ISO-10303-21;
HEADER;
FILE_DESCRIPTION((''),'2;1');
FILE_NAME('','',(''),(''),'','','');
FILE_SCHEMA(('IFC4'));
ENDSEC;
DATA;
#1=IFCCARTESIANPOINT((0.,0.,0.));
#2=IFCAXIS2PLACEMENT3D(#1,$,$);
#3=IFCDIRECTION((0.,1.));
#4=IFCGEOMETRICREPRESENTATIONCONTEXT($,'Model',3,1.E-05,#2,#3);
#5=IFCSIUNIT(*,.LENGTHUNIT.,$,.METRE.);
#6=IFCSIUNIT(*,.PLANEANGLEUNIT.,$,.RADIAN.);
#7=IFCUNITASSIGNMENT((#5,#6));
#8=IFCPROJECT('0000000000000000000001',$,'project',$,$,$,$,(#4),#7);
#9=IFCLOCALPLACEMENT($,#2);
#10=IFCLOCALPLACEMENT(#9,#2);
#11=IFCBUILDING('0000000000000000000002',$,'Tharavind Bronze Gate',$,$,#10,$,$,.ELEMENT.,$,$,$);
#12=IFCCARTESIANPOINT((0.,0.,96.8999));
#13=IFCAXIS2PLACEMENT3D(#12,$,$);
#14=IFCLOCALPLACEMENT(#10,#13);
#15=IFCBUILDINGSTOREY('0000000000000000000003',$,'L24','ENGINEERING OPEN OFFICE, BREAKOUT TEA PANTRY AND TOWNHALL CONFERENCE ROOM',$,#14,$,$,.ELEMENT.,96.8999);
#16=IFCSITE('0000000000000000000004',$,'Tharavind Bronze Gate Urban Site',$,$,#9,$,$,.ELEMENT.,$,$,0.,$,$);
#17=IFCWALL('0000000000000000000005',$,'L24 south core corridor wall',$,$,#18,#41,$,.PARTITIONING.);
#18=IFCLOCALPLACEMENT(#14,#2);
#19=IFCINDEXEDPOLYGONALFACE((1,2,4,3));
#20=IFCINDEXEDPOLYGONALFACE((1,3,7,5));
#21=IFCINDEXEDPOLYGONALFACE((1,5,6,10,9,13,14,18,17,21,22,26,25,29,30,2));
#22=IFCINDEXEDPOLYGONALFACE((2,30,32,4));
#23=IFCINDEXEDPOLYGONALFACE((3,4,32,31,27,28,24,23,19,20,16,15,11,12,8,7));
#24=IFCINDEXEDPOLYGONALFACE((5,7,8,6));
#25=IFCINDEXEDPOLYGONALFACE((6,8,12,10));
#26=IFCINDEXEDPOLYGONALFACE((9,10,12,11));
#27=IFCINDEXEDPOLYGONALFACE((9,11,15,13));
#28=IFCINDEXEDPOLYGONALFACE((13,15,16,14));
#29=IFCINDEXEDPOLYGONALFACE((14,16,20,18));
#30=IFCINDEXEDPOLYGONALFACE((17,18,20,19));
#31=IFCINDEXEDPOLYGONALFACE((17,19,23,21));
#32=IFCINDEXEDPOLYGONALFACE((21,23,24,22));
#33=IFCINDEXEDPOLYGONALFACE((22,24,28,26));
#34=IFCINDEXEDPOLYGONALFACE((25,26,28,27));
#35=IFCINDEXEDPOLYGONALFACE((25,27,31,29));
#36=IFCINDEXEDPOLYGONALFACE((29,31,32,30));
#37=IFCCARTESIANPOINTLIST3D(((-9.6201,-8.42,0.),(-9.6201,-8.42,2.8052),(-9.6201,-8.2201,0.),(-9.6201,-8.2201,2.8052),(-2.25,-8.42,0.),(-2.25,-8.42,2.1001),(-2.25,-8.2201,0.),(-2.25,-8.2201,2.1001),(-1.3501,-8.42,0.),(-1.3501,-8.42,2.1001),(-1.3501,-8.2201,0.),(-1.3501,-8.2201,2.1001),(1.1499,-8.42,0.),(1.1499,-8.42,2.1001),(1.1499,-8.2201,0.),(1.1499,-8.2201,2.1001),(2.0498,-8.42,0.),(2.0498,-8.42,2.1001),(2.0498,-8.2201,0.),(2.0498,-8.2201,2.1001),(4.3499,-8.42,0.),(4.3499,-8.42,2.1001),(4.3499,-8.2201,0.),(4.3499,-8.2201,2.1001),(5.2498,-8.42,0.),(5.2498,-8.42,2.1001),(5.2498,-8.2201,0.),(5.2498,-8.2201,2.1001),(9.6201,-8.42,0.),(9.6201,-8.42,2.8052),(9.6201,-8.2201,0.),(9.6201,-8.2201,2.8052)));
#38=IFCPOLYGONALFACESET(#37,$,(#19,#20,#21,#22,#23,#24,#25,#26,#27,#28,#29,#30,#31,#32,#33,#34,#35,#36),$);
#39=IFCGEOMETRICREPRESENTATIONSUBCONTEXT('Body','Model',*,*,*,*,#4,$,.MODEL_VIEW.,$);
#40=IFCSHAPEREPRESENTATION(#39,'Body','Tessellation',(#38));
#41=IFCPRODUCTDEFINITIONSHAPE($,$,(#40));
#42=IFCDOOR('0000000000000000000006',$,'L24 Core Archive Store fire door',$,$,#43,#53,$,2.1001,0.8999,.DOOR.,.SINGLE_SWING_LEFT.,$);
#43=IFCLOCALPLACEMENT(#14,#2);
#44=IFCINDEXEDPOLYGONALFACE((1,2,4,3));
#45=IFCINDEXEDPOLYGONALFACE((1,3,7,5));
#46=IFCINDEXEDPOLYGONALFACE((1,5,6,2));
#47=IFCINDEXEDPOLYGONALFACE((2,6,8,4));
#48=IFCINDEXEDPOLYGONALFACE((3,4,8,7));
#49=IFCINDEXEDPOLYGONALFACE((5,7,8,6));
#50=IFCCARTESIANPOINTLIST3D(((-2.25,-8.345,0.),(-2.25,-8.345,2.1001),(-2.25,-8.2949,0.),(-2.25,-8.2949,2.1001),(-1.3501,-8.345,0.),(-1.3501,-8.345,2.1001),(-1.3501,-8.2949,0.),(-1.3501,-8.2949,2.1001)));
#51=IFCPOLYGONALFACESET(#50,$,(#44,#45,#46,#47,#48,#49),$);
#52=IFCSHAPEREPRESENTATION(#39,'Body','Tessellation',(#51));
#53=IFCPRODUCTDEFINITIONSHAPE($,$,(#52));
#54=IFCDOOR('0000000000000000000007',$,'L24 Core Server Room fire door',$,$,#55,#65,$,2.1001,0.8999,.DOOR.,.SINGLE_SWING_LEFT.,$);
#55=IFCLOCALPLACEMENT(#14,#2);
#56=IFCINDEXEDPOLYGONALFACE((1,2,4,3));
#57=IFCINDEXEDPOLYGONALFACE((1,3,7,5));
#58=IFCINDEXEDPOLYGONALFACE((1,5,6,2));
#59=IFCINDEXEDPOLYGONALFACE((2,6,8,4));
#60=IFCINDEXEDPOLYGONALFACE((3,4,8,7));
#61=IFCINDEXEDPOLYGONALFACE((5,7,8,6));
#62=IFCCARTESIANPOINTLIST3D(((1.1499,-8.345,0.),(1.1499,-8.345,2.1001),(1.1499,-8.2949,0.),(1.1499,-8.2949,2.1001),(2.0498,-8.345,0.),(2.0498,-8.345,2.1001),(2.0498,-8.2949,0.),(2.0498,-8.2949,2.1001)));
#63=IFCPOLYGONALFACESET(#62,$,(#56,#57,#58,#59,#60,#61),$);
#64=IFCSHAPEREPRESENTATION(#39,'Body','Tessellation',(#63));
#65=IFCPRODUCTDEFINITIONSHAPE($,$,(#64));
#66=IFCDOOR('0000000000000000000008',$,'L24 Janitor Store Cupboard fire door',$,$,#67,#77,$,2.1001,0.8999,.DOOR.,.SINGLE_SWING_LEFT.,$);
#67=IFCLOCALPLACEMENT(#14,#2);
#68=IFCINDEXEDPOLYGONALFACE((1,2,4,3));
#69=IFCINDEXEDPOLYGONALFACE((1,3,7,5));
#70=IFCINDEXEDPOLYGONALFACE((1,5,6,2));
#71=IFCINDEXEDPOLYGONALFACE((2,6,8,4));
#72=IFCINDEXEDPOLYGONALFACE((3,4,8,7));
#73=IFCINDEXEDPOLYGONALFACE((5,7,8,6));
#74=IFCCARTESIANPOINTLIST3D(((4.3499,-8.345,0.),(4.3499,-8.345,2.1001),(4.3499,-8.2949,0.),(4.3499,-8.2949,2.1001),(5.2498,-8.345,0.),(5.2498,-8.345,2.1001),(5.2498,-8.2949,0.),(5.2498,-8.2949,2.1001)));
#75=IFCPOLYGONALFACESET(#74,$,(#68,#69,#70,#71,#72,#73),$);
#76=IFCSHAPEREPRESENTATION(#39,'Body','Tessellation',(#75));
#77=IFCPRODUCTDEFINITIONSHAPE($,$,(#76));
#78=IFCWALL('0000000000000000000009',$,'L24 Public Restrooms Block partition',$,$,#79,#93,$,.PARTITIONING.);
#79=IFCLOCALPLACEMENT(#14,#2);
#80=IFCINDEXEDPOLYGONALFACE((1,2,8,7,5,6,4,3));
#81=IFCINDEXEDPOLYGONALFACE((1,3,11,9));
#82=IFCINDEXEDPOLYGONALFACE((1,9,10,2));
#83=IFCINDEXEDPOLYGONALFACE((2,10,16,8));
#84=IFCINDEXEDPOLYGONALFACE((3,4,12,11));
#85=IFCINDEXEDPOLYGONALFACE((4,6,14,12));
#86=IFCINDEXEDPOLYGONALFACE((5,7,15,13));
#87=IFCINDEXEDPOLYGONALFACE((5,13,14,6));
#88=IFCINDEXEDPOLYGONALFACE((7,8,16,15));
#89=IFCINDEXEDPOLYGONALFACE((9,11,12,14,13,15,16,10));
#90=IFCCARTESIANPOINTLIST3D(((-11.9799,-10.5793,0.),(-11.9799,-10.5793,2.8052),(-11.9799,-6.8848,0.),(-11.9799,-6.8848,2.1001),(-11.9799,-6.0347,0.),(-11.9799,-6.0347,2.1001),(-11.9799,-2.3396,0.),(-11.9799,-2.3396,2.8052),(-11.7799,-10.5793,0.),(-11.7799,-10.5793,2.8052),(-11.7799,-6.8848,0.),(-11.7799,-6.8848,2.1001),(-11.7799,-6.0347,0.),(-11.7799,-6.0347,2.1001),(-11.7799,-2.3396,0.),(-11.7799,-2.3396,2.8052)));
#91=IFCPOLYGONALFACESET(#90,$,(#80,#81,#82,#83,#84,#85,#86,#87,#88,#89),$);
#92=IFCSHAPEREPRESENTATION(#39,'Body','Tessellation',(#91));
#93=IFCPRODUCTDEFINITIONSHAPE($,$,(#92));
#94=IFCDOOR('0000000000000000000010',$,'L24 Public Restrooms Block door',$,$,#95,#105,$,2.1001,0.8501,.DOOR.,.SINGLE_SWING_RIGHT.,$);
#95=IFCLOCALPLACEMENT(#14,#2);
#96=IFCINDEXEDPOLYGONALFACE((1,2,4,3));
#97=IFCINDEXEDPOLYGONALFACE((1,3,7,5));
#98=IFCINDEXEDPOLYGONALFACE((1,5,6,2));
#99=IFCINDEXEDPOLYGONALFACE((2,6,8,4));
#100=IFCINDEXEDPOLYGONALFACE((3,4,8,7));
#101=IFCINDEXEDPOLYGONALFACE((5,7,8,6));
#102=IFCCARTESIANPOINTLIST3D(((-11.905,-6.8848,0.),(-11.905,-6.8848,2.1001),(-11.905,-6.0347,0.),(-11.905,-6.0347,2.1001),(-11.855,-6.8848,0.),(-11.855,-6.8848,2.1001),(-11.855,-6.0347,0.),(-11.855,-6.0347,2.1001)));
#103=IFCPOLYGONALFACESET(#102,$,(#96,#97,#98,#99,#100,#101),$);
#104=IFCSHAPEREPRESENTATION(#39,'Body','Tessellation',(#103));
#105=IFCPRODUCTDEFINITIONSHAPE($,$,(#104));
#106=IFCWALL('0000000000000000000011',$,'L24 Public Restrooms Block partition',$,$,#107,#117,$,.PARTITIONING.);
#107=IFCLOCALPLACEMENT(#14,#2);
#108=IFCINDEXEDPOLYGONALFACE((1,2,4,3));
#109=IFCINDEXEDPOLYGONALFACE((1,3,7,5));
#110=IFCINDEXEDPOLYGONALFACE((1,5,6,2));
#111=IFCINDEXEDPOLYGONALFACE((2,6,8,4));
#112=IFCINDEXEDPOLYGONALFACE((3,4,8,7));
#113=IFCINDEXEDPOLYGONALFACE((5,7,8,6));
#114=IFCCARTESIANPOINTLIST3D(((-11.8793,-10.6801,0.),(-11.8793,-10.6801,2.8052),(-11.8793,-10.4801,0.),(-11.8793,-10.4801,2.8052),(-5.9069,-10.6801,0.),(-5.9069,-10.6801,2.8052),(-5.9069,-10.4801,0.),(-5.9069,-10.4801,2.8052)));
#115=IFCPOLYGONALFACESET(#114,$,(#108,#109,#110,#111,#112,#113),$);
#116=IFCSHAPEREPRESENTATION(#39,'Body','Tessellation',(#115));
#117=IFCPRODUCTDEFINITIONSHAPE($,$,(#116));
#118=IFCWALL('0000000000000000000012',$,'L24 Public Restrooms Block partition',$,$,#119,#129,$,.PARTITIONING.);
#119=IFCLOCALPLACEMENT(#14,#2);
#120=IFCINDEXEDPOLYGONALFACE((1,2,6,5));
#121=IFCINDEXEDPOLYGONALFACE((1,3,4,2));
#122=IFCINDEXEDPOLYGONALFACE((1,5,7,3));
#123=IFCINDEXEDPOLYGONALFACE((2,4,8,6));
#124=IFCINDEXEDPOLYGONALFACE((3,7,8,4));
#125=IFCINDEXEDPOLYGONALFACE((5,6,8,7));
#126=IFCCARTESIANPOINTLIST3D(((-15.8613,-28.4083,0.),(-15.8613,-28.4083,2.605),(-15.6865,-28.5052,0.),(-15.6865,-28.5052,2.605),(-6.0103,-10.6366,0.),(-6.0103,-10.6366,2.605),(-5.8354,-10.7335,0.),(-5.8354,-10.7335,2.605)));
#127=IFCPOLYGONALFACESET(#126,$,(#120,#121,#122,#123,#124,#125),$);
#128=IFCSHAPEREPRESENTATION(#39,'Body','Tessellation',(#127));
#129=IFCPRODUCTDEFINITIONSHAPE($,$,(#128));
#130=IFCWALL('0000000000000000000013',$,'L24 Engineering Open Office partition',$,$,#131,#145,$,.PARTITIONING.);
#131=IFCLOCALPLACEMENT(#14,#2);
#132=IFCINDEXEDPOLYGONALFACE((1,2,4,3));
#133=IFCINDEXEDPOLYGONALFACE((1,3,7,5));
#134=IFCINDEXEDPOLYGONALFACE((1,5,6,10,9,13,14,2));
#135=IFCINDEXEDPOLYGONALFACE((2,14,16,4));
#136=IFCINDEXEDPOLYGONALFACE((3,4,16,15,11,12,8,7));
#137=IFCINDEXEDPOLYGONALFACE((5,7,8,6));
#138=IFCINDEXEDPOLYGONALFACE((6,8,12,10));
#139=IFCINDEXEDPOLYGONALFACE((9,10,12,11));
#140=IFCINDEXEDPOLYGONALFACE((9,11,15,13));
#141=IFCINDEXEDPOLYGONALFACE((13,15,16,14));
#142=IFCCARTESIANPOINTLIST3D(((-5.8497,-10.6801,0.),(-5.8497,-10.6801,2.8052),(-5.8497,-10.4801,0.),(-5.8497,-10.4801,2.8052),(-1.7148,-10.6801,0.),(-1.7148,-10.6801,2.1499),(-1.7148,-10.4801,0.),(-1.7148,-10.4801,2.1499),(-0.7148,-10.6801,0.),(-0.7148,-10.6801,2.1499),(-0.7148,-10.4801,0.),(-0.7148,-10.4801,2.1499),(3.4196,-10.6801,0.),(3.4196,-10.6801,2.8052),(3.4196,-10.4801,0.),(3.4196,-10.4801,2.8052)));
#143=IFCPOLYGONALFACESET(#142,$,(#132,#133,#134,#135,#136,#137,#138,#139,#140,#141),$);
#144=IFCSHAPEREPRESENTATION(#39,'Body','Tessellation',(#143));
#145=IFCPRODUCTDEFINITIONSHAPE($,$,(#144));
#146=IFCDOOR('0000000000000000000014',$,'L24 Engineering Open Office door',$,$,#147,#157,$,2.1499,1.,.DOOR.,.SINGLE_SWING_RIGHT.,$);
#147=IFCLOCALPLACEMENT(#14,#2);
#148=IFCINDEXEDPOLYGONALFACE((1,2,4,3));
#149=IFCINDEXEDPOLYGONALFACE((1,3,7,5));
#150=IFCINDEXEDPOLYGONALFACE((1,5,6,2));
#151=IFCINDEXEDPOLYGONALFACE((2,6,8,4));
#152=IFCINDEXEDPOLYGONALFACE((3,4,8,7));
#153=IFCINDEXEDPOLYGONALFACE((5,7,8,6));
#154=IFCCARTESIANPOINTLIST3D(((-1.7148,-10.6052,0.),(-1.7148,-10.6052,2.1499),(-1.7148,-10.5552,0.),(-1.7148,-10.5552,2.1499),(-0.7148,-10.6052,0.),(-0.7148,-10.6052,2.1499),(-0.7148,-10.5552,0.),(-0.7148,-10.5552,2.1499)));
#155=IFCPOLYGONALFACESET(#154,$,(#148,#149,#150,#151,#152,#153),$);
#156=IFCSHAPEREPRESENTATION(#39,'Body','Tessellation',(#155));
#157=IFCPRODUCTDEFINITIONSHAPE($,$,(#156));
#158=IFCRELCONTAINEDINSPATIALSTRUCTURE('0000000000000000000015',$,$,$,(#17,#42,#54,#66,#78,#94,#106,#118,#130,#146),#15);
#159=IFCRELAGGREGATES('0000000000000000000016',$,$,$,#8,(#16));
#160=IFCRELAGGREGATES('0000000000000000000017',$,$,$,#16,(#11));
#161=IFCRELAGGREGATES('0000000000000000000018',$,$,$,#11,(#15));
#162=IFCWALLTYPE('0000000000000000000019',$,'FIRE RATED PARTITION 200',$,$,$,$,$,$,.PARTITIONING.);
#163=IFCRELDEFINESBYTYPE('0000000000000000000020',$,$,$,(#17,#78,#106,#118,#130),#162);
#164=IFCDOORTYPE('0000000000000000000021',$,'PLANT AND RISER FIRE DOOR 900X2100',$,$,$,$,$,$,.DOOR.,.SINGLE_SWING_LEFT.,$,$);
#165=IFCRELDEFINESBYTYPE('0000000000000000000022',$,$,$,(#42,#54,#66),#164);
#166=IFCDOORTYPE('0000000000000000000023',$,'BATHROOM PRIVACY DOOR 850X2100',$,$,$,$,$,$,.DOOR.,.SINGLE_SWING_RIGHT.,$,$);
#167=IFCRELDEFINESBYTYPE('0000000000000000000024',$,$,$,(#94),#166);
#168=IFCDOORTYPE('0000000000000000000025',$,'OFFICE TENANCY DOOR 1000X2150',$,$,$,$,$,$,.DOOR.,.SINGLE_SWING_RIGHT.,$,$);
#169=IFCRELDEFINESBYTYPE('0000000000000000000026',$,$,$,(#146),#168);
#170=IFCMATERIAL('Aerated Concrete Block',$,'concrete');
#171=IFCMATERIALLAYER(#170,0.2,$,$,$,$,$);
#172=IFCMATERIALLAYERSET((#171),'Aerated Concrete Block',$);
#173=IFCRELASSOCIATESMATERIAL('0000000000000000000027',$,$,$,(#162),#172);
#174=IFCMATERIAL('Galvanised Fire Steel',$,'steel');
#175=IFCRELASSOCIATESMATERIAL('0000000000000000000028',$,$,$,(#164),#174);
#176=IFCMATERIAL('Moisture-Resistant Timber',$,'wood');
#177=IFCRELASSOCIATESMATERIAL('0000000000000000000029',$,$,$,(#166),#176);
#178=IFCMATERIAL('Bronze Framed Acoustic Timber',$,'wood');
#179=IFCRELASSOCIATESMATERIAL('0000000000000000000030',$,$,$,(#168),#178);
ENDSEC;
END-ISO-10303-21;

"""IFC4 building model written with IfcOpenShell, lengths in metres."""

from ifc_helpers import new_model, si_unit, direction, frame, frame_2d, origin, place, context, subcontext, project, spatial, rectangle, extrude, material, layer, layer_set, type_object, element, fill, save


model = new_model("IFC4")

# Units and contexts
model_context = context("Model", 3, precision=1e-05, world=origin(), true_north=direction((0.0, 1.0)))
body_context = subcontext(model_context, "Body", "Model", "MODEL_VIEW")
ifc_project = project(units=[si_unit("LENGTHUNIT", "METRE"), si_unit("PLANEANGLEUNIT", "RADIAN")], contexts=[model_context])

# Site, building, storey
site_placement = place(None, origin())
site = spatial("IfcSite", under=ifc_project, at=site_placement, Name="Tharavind Bronze Gate Urban Site", CompositionType="ELEMENT", RefElevation=0.0)
building_placement = place(site_placement, origin())
building = spatial("IfcBuilding", under=site, at=building_placement, Name="Tharavind Bronze Gate", CompositionType="ELEMENT")
storey_placement = place(building_placement, frame((0.0, 0.0, 96.8999)))
storey = spatial("IfcBuildingStorey", under=building, at=storey_placement, Name="L24", Description="ENGINEERING OPEN OFFICE, BREAKOUT TEA PANTRY AND TOWNHALL CONFERENCE ROOM", CompositionType="ELEMENT", Elevation=96.8999)

# Wall, openings, doors
ifc_material_1 = material(Name="Aerated Concrete Block", Category="concrete")
ifc_layer_1 = layer(ifc_material_1, 0.2)
ifc_layer_set_1 = layer_set([ifc_layer_1], Name="Aerated Concrete Block")
wall_type_1 = type_object("IfcWallType", Name="FIRE RATED PARTITION 200", PredefinedType="PARTITIONING", material=ifc_layer_set_1)
wall_1_placement = place(storey_placement, frame((-9.6201, -8.3201, 0.0), z_axis=(0.0, 0.0, 1.0), x_axis=(1.0, 0.0, 0.0)))
wall_1 = element("IfcWall", 1, at=wall_1_placement, inside=storey, type_object=wall_type_1, Name="L24 south core corridor wall", PredefinedType="PARTITIONING", context=body_context, shape_type="SweptSolid", body=[
    extrude(rectangle(XDim=19.2402, YDim=0.2, at=frame_2d((9.6201, 0.0))), origin(), (0.0, 0.0, 1.0), 2.8052),
])
opening_1_placement = place(wall_1_placement, frame((7.3701, 0.0, 0.0)))
opening_1 = element("IfcOpeningElement", 2, at=opening_1_placement, cuts=wall_1, PredefinedType="OPENING", context=body_context, shape_type="SweptSolid", body=[
    extrude(rectangle(XDim=0.8999, YDim=2.1001, at=frame_2d((0.45, 1.05))), frame((0.0, 0.1101, 0.0), z_axis=(0.0, -1.0, 0.0), x_axis=(1.0, 0.0, 0.0)), (0.0, 0.0, 1.0), 0.22),
])
opening_2_placement = place(wall_1_placement, frame((10.77, 0.0, 0.0)))
opening_2 = element("IfcOpeningElement", 3, at=opening_2_placement, cuts=wall_1, PredefinedType="OPENING", context=body_context, shape_type="SweptSolid", body=[
    extrude(rectangle(XDim=0.8999, YDim=2.1001, at=frame_2d((0.45, 1.05))), frame((0.0, 0.1101, 0.0), z_axis=(0.0, -1.0, 0.0), x_axis=(1.0, 0.0, 0.0)), (0.0, 0.0, 1.0), 0.22),
])
opening_3_placement = place(wall_1_placement, frame((13.97, 0.0, 0.0)))
opening_3 = element("IfcOpeningElement", 4, at=opening_3_placement, cuts=wall_1, PredefinedType="OPENING", context=body_context, shape_type="SweptSolid", body=[
    extrude(rectangle(XDim=0.8999, YDim=2.1001, at=frame_2d((0.45, 1.05))), frame((0.0, 0.1101, 0.0), z_axis=(0.0, -1.0, 0.0), x_axis=(1.0, 0.0, 0.0)), (0.0, 0.0, 1.0), 0.22),
])
ifc_material_2 = material(Name="Galvanised Fire Steel", Category="steel")
door_type_1 = type_object("IfcDoorType", Name="PLANT AND RISER FIRE DOOR 900X2100", OperationType="SINGLE_SWING_LEFT", PredefinedType="DOOR", material=ifc_material_2)
door_1_placement = place(opening_1_placement, frame((0.8999, 0.0, 0.0), z_axis=(0.0, 0.0, 1.0), x_axis=(-1.0, 0.0, 0.0)))
door_1 = element("IfcDoor", 5, at=door_1_placement, inside=storey, type_object=door_type_1, Name="L24 Core Archive Store fire door", OperationType="SINGLE_SWING_LEFT", OverallHeight=2.1001, OverallWidth=0.8999, PredefinedType="DOOR", context=body_context, shape_type="SweptSolid", body=[
    extrude(rectangle(XDim=0.8999, YDim=2.1001, at=frame_2d((0.45, 1.05))), frame((0.0, 0.0249, 0.0), z_axis=(0.0, -1.0, 0.0), x_axis=(1.0, 0.0, 0.0)), (0.0, 0.0, 1.0), 0.05),
])
fill(opening_1, door_1)
door_2_placement = place(opening_2_placement, frame((0.8999, 0.0, 0.0), z_axis=(0.0, 0.0, 1.0), x_axis=(-1.0, 0.0, 0.0)))
door_2 = element("IfcDoor", 6, at=door_2_placement, inside=storey, type_object=door_type_1, Name="L24 Core Server Room fire door", OperationType="SINGLE_SWING_LEFT", OverallHeight=2.1001, OverallWidth=0.8999, PredefinedType="DOOR", context=body_context, shape_type="SweptSolid", body=[
    extrude(rectangle(XDim=0.8999, YDim=2.1001, at=frame_2d((0.45, 1.05))), frame((0.0, 0.0249, 0.0), z_axis=(0.0, -1.0, 0.0), x_axis=(1.0, 0.0, 0.0)), (0.0, 0.0, 1.0), 0.05),
])
fill(opening_2, door_2)
door_3_placement = place(opening_3_placement, frame((0.8999, 0.0, 0.0), z_axis=(0.0, 0.0, 1.0), x_axis=(-1.0, 0.0, 0.0)))
door_3 = element("IfcDoor", 7, at=door_3_placement, inside=storey, type_object=door_type_1, Name="L24 Janitor Store Cupboard fire door", OperationType="SINGLE_SWING_LEFT", OverallHeight=2.1001, OverallWidth=0.8999, PredefinedType="DOOR", context=body_context, shape_type="SweptSolid", body=[
    extrude(rectangle(XDim=0.8999, YDim=2.1001, at=frame_2d((0.45, 1.05))), frame((0.0, 0.0249, 0.0), z_axis=(0.0, -1.0, 0.0), x_axis=(1.0, 0.0, 0.0)), (0.0, 0.0, 1.0), 0.05),
])
fill(opening_3, door_3)

# Wall, opening, door
wall_2_placement = place(storey_placement, frame((-11.8799, -2.3396, 0.0), z_axis=(0.0, 0.0, 1.0), x_axis=(0.0, -1.0, 0.0)))
wall_2 = element("IfcWall", 8, at=wall_2_placement, inside=storey, type_object=wall_type_1, Name="L24 Public Restrooms Block partition", PredefinedType="PARTITIONING", context=body_context, shape_type="SweptSolid", body=[
    extrude(rectangle(XDim=8.2397, YDim=0.2, at=frame_2d((4.1199, 0.0))), origin(), (0.0, 0.0, 1.0), 2.8052),
])
opening_4_placement = place(wall_2_placement, frame((3.6951, 0.0, 0.0)))
opening_4 = element("IfcOpeningElement", 9, at=opening_4_placement, cuts=wall_2, PredefinedType="OPENING", context=body_context, shape_type="SweptSolid", body=[
    extrude(rectangle(XDim=0.8501, YDim=2.1001, at=frame_2d((0.425, 1.05))), frame((0.0, 0.1101, 0.0), z_axis=(0.0, -1.0, 0.0), x_axis=(1.0, 0.0, 0.0)), (0.0, 0.0, 1.0), 0.22),
])
ifc_material_3 = material(Name="Moisture-Resistant Timber", Category="wood")
door_type_2 = type_object("IfcDoorType", Name="BATHROOM PRIVACY DOOR 850X2100", OperationType="SINGLE_SWING_RIGHT", PredefinedType="DOOR", material=ifc_material_3)
door_4_placement = place(opening_4_placement, origin())
door_4 = element("IfcDoor", 10, at=door_4_placement, inside=storey, type_object=door_type_2, Name="L24 Public Restrooms Block door", OperationType="SINGLE_SWING_RIGHT", OverallHeight=2.1001, OverallWidth=0.8501, PredefinedType="DOOR", context=body_context, shape_type="SweptSolid", body=[
    extrude(rectangle(XDim=0.8501, YDim=2.1001, at=frame_2d((0.425, 1.05))), frame((0.0, 0.0249, 0.0), z_axis=(0.0, -1.0, 0.0), x_axis=(1.0, 0.0, 0.0)), (0.0, 0.0, 1.0), 0.05),
])
fill(opening_4, door_4)

# Walls
wall_3_placement = place(storey_placement, frame((-11.8794, -10.5801, 0.0), z_axis=(0.0, 0.0, 1.0), x_axis=(1.0, 0.0, 0.0)))
element("IfcWall", 11, at=wall_3_placement, inside=storey, type_object=wall_type_1, Name="L24 Public Restrooms Block partition", PredefinedType="PARTITIONING", context=body_context, shape_type="SweptSolid", body=[
    extrude(rectangle(XDim=5.9724, YDim=0.2, at=frame_2d((2.9863, 0.0))), origin(), (0.0, 0.0, 1.0), 2.8052),
])
wall_4_placement = place(storey_placement, frame((-5.9229, -10.6851, 0.0), z_axis=(0.0, 0.0, 1.0), x_axis=(-0.484811, -0.874619, 0.0)))
element("IfcWall", 12, at=wall_4_placement, inside=storey, type_object=wall_type_1, Name="L24 Public Restrooms Block partition", PredefinedType="PARTITIONING", context=body_context, shape_type="SweptSolid", body=[
    extrude(rectangle(XDim=20.3193, YDim=0.2, at=frame_2d((10.1597, 0.0))), origin(), (0.0, 0.0, 1.0), 2.605),
])

# Wall, opening, door
wall_5_placement = place(storey_placement, frame((-5.8499, -10.5801, 0.0), z_axis=(0.0, 0.0, 1.0), x_axis=(1.0, 0.0, 0.0)))
wall_5 = element("IfcWall", 13, at=wall_5_placement, inside=storey, type_object=wall_type_1, Name="L24 Engineering Open Office partition", PredefinedType="PARTITIONING", context=body_context, shape_type="SweptSolid", body=[
    extrude(rectangle(XDim=9.2693, YDim=0.2, at=frame_2d((4.6348, 0.0))), origin(), (0.0, 0.0, 1.0), 2.8052),
])
opening_5_placement = place(wall_5_placement, frame((4.135, 0.0, 0.0)))
opening_5 = element("IfcOpeningElement", 14, at=opening_5_placement, cuts=wall_5, PredefinedType="OPENING", context=body_context, shape_type="SweptSolid", body=[
    extrude(rectangle(XDim=1.0, YDim=2.1499, at=frame_2d((0.5, 1.075))), frame((0.0, 0.1101, 0.0), z_axis=(0.0, -1.0, 0.0), x_axis=(1.0, 0.0, 0.0)), (0.0, 0.0, 1.0), 0.22),
])
ifc_material_4 = material(Name="Bronze Framed Acoustic Timber", Category="wood")
door_type_3 = type_object("IfcDoorType", Name="OFFICE TENANCY DOOR 1000X2150", OperationType="SINGLE_SWING_RIGHT", PredefinedType="DOOR", material=ifc_material_4)
door_5_placement = place(opening_5_placement, origin())
door_5 = element("IfcDoor", 15, at=door_5_placement, inside=storey, type_object=door_type_3, Name="L24 Engineering Open Office door", OperationType="SINGLE_SWING_RIGHT", OverallHeight=2.1499, OverallWidth=1.0, PredefinedType="DOOR", context=body_context, shape_type="SweptSolid", body=[
    extrude(rectangle(XDim=1.0, YDim=2.1499, at=frame_2d((0.5, 1.075))), frame((0.0, 0.0249, 0.0), z_axis=(0.0, -1.0, 0.0), x_axis=(1.0, 0.0, 0.0)), (0.0, 0.0, 1.0), 0.05),
])
fill(opening_5, door_5)

save(model, "model.ifc")
